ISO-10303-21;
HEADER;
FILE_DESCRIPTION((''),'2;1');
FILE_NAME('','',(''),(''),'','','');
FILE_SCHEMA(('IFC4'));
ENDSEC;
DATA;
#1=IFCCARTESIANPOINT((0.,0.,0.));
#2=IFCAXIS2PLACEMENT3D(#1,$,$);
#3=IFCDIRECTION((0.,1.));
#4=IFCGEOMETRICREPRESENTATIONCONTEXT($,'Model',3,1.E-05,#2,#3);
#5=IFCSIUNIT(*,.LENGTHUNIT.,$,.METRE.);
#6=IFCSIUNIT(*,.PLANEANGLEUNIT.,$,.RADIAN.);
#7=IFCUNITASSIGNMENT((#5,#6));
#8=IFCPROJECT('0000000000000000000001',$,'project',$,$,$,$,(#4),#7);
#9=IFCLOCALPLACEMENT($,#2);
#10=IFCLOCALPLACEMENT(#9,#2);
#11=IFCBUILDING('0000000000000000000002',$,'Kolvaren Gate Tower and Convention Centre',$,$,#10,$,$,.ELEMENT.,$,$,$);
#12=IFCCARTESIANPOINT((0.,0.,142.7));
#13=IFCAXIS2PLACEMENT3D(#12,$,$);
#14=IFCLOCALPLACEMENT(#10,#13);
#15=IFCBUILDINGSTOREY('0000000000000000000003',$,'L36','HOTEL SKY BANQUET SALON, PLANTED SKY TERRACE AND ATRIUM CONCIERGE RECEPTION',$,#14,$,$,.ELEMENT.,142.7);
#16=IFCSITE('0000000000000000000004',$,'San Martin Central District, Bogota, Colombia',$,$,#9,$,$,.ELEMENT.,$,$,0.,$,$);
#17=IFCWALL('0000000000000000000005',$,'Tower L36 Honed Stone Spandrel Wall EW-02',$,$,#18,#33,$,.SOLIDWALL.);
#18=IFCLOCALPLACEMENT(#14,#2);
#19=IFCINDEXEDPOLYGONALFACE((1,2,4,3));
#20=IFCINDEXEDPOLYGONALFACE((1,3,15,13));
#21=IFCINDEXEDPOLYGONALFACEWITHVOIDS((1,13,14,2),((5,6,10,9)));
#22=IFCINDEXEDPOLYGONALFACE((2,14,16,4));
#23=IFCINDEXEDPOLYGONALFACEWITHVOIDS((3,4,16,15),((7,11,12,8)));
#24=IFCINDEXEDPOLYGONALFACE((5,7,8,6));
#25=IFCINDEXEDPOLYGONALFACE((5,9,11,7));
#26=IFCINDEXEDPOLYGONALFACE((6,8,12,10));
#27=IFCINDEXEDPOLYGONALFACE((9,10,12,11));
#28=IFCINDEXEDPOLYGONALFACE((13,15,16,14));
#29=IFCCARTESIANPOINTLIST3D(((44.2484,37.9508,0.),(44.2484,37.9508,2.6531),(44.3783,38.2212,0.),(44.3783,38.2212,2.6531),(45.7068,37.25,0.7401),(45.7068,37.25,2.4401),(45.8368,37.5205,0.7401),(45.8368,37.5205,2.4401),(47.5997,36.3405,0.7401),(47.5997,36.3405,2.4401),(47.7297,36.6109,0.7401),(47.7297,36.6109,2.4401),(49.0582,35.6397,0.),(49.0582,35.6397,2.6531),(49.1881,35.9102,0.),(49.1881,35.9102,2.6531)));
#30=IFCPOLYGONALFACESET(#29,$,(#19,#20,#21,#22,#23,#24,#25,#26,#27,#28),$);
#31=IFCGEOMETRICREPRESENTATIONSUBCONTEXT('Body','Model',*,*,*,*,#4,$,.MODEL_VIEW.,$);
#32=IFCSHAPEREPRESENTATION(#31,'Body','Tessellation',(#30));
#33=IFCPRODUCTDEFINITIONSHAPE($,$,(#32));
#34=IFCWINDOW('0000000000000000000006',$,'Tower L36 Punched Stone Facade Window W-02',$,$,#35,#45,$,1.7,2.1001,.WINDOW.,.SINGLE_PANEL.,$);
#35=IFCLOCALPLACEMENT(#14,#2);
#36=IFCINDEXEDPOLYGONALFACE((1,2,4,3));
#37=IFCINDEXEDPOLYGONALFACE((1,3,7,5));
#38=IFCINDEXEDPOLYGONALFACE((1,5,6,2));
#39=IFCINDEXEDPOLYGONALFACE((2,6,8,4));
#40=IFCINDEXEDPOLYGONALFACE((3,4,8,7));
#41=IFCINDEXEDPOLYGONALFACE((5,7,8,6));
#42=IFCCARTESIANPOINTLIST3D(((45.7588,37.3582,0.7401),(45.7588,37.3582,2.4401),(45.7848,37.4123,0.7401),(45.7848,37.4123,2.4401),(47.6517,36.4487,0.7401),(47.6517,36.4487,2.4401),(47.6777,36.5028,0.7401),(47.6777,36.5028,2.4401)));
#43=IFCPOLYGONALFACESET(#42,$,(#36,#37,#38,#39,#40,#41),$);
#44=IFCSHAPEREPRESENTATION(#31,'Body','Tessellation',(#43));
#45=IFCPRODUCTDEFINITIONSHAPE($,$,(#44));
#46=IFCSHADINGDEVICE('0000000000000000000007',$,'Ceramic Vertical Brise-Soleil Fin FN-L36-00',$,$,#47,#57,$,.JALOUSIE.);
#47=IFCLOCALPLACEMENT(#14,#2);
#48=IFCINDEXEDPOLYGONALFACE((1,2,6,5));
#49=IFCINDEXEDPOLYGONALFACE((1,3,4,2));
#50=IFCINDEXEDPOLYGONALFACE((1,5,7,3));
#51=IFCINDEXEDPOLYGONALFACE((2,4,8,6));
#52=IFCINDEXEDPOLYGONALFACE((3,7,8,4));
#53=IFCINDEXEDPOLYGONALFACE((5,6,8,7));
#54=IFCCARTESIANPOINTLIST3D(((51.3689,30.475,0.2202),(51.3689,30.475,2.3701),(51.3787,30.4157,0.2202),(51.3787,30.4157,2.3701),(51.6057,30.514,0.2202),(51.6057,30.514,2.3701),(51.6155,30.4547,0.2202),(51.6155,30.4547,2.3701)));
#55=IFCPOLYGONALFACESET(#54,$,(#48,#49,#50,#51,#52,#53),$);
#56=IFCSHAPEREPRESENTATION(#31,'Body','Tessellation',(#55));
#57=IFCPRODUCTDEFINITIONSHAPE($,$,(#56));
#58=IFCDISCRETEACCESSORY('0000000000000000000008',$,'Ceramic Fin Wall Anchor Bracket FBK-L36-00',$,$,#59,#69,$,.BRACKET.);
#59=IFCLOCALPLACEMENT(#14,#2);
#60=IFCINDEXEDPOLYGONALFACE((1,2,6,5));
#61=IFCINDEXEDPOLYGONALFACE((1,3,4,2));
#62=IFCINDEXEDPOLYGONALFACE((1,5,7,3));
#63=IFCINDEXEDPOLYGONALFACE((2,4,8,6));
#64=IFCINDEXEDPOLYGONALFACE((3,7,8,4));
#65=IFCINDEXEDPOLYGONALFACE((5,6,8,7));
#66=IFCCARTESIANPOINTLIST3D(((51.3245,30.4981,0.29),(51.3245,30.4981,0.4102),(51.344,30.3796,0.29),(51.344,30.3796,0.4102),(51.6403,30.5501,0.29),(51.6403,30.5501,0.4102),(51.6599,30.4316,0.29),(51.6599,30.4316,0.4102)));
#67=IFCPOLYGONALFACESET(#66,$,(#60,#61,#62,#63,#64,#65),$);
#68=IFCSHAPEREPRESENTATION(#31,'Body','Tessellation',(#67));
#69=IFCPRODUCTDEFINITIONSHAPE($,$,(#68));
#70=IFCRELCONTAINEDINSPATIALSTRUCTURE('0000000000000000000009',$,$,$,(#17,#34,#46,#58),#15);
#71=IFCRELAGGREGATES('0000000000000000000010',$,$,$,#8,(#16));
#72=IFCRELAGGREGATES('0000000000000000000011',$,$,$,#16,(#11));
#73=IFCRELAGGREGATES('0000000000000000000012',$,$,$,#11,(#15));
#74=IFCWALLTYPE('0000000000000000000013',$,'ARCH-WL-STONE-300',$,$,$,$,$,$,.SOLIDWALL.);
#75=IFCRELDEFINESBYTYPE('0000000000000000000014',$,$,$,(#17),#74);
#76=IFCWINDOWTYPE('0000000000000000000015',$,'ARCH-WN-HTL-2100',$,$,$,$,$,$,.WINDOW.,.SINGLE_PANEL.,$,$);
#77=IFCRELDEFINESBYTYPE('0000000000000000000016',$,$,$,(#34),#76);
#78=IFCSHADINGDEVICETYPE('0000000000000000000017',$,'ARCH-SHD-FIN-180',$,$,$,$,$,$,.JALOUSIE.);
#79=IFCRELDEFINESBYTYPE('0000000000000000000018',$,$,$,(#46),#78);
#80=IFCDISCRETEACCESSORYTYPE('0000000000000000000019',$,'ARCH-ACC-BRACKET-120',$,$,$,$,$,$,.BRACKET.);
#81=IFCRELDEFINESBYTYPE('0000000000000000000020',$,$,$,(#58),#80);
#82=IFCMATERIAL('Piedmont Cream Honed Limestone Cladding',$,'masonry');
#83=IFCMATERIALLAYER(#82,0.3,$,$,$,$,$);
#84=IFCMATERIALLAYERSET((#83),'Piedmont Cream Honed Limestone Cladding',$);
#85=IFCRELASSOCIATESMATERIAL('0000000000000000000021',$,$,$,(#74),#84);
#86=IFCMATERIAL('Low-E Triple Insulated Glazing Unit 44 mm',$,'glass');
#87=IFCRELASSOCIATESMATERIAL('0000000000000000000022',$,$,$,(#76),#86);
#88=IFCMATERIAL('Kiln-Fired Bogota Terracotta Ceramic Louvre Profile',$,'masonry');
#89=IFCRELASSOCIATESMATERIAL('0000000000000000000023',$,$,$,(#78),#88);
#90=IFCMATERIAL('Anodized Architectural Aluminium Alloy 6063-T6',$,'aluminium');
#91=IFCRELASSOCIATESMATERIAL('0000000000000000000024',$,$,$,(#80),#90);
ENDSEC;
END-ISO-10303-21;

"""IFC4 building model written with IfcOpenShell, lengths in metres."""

from ifc_helpers import new_model, si_unit, direction, frame, frame_2d, origin, origin_2d, place, context, subcontext, project, spatial, rectangle, extrude, material, layer, layer_set, type_object, element, fill, save


model = new_model("IFC4")

# Units and contexts
model_context = context("Model", 3, precision=1e-05, world=origin(), true_north=direction((0.0, 1.0)))
body_context = subcontext(model_context, "Body", "Model", "MODEL_VIEW")
ifc_project = project(units=[si_unit("LENGTHUNIT", "METRE"), si_unit("PLANEANGLEUNIT", "RADIAN")], contexts=[model_context])

# Site, building, storey
site_placement = place(None, origin())
site = spatial("IfcSite", under=ifc_project, at=site_placement, Name="San Martin Central District, Bogota, Colombia", CompositionType="ELEMENT", RefElevation=0.0)
building_placement = place(site_placement, origin())
building = spatial("IfcBuilding", under=site, at=building_placement, Name="Kolvaren Gate Tower and Convention Centre", CompositionType="ELEMENT")
storey_placement = place(building_placement, frame((0.0, 0.0, 142.7)))
storey = spatial("IfcBuildingStorey", under=building, at=storey_placement, Name="L36", Description="HOTEL SKY BANQUET SALON, PLANTED SKY TERRACE AND ATRIUM CONCIERGE RECEPTION", CompositionType="ELEMENT", Elevation=142.7)

# Shared definitions
ifc_material_1 = material(Name="Anodized Architectural Aluminium Alloy 6063-T6", Category="aluminium")

# Shared definitions
ifc_material_2 = material(Name="Piedmont Cream Honed Limestone Cladding", Category="masonry")

# Shared definitions
ifc_layer_1 = layer(ifc_material_2, 0.3)
ifc_layer_set_1 = layer_set([ifc_layer_1], Name="Piedmont Cream Honed Limestone Cladding")
wall_type_1 = type_object("IfcWallType", Name="ARCH-WL-STONE-300", PredefinedType="SOLIDWALL", material=ifc_layer_set_1)
ifc_material_3 = material(Name="Low-E Triple Insulated Glazing Unit 44 mm", Category="glass")
window_type = type_object("IfcWindowType", Name="ARCH-WN-HTL-2100", PartitioningType="SINGLE_PANEL", PredefinedType="WINDOW", material=ifc_material_3)

# Wall, opening, window
wall_1_placement = place(storey_placement, frame((44.3135, 38.0859, 0.0), z_axis=(0.0, 0.0, 1.0), x_axis=(0.901353, -0.433085, 0.0)))
wall_1 = element("IfcWall", 1, at=wall_1_placement, inside=storey, type_object=wall_type_1, Name="Tower L36 Honed Stone Spandrel Wall EW-02", PredefinedType="SOLIDWALL", context=body_context, shape_type="SweptSolid", body=[
    extrude(rectangle(XDim=5.3362, YDim=0.3, at=frame_2d((2.668, 0.0))), origin(), (0.0, 0.0, 1.0), 2.6531),
])
opening_1_placement = place(wall_1_placement, frame((1.6179, 0.0, 0.74)))
opening_1 = element("IfcOpeningElement", 2, at=opening_1_placement, cuts=wall_1, PredefinedType="OPENING", context=body_context, shape_type="SweptSolid", body=[
    extrude(rectangle(XDim=2.1001, YDim=1.7, at=frame_2d((1.05, 0.8501))), frame((0.0, 0.1599, 0.0), z_axis=(0.0, -1.0, 0.0), x_axis=(1.0, 0.0, 0.0)), (0.0, 0.0, 1.0), 0.3201),
])
window_1_placement = place(opening_1_placement, origin())
window_1 = element("IfcWindow", 3, at=window_1_placement, inside=storey, type_object=window_type, Name="Tower L36 Punched Stone Facade Window W-02", OverallHeight=1.7, OverallWidth=2.1001, PartitioningType="SINGLE_PANEL", PredefinedType="WINDOW", context=body_context, shape_type="SweptSolid", body=[
    extrude(rectangle(XDim=2.1001, YDim=1.7, at=frame_2d((1.05, 0.8501))), frame((0.0, 0.03, 0.0), z_axis=(0.0, -1.0, 0.0), x_axis=(1.0, 0.0, 0.0)), (0.0, 0.0, 1.0), 0.0601),
])
fill(opening_1, window_1)

# Shading device
ifc_material_4 = material(Name="Kiln-Fired Bogota Terracotta Ceramic Louvre Profile", Category="masonry")
shading_device_type = type_object("IfcShadingDeviceType", Name="ARCH-SHD-FIN-180", PredefinedType="JALOUSIE", material=ifc_material_4)
shading_device_placement = place(storey_placement, frame((51.4922, 30.4648, 0.2202), z_axis=(0.0, 0.0, 1.0), x_axis=(0.162381, -0.986728, 0.0)))
element("IfcShadingDevice", 4, at=shading_device_placement, inside=storey, type_object=shading_device_type, Name="Ceramic Vertical Brise-Soleil Fin FN-L36-00", PredefinedType="JALOUSIE", context=body_context, shape_type="SweptSolid", body=[
    extrude(rectangle(XDim=0.0601, YDim=0.24, at=origin_2d()), origin(), (0.0, 0.0, 1.0), 2.1499),
])

# Discrete accessory
discrete_accessory_type = type_object("IfcDiscreteAccessoryType", Name="ARCH-ACC-BRACKET-120", PredefinedType="BRACKET", material=ifc_material_1)
discrete_accessory_placement = place(storey_placement, frame((51.4922, 30.4648, 0.29), z_axis=(0.0, 0.0, 1.0), x_axis=(0.162381, -0.986728, 0.0)))
element("IfcDiscreteAccessory", 5, at=discrete_accessory_placement, inside=storey, type_object=discrete_accessory_type, Name="Ceramic Fin Wall Anchor Bracket FBK-L36-00", PredefinedType="BRACKET", context=body_context, shape_type="SweptSolid", body=[
    extrude(rectangle(XDim=0.1201, YDim=0.3201, at=origin_2d()), origin(), (0.0, 0.0, 1.0), 0.1201),
])

save(model, "model.ifc")
